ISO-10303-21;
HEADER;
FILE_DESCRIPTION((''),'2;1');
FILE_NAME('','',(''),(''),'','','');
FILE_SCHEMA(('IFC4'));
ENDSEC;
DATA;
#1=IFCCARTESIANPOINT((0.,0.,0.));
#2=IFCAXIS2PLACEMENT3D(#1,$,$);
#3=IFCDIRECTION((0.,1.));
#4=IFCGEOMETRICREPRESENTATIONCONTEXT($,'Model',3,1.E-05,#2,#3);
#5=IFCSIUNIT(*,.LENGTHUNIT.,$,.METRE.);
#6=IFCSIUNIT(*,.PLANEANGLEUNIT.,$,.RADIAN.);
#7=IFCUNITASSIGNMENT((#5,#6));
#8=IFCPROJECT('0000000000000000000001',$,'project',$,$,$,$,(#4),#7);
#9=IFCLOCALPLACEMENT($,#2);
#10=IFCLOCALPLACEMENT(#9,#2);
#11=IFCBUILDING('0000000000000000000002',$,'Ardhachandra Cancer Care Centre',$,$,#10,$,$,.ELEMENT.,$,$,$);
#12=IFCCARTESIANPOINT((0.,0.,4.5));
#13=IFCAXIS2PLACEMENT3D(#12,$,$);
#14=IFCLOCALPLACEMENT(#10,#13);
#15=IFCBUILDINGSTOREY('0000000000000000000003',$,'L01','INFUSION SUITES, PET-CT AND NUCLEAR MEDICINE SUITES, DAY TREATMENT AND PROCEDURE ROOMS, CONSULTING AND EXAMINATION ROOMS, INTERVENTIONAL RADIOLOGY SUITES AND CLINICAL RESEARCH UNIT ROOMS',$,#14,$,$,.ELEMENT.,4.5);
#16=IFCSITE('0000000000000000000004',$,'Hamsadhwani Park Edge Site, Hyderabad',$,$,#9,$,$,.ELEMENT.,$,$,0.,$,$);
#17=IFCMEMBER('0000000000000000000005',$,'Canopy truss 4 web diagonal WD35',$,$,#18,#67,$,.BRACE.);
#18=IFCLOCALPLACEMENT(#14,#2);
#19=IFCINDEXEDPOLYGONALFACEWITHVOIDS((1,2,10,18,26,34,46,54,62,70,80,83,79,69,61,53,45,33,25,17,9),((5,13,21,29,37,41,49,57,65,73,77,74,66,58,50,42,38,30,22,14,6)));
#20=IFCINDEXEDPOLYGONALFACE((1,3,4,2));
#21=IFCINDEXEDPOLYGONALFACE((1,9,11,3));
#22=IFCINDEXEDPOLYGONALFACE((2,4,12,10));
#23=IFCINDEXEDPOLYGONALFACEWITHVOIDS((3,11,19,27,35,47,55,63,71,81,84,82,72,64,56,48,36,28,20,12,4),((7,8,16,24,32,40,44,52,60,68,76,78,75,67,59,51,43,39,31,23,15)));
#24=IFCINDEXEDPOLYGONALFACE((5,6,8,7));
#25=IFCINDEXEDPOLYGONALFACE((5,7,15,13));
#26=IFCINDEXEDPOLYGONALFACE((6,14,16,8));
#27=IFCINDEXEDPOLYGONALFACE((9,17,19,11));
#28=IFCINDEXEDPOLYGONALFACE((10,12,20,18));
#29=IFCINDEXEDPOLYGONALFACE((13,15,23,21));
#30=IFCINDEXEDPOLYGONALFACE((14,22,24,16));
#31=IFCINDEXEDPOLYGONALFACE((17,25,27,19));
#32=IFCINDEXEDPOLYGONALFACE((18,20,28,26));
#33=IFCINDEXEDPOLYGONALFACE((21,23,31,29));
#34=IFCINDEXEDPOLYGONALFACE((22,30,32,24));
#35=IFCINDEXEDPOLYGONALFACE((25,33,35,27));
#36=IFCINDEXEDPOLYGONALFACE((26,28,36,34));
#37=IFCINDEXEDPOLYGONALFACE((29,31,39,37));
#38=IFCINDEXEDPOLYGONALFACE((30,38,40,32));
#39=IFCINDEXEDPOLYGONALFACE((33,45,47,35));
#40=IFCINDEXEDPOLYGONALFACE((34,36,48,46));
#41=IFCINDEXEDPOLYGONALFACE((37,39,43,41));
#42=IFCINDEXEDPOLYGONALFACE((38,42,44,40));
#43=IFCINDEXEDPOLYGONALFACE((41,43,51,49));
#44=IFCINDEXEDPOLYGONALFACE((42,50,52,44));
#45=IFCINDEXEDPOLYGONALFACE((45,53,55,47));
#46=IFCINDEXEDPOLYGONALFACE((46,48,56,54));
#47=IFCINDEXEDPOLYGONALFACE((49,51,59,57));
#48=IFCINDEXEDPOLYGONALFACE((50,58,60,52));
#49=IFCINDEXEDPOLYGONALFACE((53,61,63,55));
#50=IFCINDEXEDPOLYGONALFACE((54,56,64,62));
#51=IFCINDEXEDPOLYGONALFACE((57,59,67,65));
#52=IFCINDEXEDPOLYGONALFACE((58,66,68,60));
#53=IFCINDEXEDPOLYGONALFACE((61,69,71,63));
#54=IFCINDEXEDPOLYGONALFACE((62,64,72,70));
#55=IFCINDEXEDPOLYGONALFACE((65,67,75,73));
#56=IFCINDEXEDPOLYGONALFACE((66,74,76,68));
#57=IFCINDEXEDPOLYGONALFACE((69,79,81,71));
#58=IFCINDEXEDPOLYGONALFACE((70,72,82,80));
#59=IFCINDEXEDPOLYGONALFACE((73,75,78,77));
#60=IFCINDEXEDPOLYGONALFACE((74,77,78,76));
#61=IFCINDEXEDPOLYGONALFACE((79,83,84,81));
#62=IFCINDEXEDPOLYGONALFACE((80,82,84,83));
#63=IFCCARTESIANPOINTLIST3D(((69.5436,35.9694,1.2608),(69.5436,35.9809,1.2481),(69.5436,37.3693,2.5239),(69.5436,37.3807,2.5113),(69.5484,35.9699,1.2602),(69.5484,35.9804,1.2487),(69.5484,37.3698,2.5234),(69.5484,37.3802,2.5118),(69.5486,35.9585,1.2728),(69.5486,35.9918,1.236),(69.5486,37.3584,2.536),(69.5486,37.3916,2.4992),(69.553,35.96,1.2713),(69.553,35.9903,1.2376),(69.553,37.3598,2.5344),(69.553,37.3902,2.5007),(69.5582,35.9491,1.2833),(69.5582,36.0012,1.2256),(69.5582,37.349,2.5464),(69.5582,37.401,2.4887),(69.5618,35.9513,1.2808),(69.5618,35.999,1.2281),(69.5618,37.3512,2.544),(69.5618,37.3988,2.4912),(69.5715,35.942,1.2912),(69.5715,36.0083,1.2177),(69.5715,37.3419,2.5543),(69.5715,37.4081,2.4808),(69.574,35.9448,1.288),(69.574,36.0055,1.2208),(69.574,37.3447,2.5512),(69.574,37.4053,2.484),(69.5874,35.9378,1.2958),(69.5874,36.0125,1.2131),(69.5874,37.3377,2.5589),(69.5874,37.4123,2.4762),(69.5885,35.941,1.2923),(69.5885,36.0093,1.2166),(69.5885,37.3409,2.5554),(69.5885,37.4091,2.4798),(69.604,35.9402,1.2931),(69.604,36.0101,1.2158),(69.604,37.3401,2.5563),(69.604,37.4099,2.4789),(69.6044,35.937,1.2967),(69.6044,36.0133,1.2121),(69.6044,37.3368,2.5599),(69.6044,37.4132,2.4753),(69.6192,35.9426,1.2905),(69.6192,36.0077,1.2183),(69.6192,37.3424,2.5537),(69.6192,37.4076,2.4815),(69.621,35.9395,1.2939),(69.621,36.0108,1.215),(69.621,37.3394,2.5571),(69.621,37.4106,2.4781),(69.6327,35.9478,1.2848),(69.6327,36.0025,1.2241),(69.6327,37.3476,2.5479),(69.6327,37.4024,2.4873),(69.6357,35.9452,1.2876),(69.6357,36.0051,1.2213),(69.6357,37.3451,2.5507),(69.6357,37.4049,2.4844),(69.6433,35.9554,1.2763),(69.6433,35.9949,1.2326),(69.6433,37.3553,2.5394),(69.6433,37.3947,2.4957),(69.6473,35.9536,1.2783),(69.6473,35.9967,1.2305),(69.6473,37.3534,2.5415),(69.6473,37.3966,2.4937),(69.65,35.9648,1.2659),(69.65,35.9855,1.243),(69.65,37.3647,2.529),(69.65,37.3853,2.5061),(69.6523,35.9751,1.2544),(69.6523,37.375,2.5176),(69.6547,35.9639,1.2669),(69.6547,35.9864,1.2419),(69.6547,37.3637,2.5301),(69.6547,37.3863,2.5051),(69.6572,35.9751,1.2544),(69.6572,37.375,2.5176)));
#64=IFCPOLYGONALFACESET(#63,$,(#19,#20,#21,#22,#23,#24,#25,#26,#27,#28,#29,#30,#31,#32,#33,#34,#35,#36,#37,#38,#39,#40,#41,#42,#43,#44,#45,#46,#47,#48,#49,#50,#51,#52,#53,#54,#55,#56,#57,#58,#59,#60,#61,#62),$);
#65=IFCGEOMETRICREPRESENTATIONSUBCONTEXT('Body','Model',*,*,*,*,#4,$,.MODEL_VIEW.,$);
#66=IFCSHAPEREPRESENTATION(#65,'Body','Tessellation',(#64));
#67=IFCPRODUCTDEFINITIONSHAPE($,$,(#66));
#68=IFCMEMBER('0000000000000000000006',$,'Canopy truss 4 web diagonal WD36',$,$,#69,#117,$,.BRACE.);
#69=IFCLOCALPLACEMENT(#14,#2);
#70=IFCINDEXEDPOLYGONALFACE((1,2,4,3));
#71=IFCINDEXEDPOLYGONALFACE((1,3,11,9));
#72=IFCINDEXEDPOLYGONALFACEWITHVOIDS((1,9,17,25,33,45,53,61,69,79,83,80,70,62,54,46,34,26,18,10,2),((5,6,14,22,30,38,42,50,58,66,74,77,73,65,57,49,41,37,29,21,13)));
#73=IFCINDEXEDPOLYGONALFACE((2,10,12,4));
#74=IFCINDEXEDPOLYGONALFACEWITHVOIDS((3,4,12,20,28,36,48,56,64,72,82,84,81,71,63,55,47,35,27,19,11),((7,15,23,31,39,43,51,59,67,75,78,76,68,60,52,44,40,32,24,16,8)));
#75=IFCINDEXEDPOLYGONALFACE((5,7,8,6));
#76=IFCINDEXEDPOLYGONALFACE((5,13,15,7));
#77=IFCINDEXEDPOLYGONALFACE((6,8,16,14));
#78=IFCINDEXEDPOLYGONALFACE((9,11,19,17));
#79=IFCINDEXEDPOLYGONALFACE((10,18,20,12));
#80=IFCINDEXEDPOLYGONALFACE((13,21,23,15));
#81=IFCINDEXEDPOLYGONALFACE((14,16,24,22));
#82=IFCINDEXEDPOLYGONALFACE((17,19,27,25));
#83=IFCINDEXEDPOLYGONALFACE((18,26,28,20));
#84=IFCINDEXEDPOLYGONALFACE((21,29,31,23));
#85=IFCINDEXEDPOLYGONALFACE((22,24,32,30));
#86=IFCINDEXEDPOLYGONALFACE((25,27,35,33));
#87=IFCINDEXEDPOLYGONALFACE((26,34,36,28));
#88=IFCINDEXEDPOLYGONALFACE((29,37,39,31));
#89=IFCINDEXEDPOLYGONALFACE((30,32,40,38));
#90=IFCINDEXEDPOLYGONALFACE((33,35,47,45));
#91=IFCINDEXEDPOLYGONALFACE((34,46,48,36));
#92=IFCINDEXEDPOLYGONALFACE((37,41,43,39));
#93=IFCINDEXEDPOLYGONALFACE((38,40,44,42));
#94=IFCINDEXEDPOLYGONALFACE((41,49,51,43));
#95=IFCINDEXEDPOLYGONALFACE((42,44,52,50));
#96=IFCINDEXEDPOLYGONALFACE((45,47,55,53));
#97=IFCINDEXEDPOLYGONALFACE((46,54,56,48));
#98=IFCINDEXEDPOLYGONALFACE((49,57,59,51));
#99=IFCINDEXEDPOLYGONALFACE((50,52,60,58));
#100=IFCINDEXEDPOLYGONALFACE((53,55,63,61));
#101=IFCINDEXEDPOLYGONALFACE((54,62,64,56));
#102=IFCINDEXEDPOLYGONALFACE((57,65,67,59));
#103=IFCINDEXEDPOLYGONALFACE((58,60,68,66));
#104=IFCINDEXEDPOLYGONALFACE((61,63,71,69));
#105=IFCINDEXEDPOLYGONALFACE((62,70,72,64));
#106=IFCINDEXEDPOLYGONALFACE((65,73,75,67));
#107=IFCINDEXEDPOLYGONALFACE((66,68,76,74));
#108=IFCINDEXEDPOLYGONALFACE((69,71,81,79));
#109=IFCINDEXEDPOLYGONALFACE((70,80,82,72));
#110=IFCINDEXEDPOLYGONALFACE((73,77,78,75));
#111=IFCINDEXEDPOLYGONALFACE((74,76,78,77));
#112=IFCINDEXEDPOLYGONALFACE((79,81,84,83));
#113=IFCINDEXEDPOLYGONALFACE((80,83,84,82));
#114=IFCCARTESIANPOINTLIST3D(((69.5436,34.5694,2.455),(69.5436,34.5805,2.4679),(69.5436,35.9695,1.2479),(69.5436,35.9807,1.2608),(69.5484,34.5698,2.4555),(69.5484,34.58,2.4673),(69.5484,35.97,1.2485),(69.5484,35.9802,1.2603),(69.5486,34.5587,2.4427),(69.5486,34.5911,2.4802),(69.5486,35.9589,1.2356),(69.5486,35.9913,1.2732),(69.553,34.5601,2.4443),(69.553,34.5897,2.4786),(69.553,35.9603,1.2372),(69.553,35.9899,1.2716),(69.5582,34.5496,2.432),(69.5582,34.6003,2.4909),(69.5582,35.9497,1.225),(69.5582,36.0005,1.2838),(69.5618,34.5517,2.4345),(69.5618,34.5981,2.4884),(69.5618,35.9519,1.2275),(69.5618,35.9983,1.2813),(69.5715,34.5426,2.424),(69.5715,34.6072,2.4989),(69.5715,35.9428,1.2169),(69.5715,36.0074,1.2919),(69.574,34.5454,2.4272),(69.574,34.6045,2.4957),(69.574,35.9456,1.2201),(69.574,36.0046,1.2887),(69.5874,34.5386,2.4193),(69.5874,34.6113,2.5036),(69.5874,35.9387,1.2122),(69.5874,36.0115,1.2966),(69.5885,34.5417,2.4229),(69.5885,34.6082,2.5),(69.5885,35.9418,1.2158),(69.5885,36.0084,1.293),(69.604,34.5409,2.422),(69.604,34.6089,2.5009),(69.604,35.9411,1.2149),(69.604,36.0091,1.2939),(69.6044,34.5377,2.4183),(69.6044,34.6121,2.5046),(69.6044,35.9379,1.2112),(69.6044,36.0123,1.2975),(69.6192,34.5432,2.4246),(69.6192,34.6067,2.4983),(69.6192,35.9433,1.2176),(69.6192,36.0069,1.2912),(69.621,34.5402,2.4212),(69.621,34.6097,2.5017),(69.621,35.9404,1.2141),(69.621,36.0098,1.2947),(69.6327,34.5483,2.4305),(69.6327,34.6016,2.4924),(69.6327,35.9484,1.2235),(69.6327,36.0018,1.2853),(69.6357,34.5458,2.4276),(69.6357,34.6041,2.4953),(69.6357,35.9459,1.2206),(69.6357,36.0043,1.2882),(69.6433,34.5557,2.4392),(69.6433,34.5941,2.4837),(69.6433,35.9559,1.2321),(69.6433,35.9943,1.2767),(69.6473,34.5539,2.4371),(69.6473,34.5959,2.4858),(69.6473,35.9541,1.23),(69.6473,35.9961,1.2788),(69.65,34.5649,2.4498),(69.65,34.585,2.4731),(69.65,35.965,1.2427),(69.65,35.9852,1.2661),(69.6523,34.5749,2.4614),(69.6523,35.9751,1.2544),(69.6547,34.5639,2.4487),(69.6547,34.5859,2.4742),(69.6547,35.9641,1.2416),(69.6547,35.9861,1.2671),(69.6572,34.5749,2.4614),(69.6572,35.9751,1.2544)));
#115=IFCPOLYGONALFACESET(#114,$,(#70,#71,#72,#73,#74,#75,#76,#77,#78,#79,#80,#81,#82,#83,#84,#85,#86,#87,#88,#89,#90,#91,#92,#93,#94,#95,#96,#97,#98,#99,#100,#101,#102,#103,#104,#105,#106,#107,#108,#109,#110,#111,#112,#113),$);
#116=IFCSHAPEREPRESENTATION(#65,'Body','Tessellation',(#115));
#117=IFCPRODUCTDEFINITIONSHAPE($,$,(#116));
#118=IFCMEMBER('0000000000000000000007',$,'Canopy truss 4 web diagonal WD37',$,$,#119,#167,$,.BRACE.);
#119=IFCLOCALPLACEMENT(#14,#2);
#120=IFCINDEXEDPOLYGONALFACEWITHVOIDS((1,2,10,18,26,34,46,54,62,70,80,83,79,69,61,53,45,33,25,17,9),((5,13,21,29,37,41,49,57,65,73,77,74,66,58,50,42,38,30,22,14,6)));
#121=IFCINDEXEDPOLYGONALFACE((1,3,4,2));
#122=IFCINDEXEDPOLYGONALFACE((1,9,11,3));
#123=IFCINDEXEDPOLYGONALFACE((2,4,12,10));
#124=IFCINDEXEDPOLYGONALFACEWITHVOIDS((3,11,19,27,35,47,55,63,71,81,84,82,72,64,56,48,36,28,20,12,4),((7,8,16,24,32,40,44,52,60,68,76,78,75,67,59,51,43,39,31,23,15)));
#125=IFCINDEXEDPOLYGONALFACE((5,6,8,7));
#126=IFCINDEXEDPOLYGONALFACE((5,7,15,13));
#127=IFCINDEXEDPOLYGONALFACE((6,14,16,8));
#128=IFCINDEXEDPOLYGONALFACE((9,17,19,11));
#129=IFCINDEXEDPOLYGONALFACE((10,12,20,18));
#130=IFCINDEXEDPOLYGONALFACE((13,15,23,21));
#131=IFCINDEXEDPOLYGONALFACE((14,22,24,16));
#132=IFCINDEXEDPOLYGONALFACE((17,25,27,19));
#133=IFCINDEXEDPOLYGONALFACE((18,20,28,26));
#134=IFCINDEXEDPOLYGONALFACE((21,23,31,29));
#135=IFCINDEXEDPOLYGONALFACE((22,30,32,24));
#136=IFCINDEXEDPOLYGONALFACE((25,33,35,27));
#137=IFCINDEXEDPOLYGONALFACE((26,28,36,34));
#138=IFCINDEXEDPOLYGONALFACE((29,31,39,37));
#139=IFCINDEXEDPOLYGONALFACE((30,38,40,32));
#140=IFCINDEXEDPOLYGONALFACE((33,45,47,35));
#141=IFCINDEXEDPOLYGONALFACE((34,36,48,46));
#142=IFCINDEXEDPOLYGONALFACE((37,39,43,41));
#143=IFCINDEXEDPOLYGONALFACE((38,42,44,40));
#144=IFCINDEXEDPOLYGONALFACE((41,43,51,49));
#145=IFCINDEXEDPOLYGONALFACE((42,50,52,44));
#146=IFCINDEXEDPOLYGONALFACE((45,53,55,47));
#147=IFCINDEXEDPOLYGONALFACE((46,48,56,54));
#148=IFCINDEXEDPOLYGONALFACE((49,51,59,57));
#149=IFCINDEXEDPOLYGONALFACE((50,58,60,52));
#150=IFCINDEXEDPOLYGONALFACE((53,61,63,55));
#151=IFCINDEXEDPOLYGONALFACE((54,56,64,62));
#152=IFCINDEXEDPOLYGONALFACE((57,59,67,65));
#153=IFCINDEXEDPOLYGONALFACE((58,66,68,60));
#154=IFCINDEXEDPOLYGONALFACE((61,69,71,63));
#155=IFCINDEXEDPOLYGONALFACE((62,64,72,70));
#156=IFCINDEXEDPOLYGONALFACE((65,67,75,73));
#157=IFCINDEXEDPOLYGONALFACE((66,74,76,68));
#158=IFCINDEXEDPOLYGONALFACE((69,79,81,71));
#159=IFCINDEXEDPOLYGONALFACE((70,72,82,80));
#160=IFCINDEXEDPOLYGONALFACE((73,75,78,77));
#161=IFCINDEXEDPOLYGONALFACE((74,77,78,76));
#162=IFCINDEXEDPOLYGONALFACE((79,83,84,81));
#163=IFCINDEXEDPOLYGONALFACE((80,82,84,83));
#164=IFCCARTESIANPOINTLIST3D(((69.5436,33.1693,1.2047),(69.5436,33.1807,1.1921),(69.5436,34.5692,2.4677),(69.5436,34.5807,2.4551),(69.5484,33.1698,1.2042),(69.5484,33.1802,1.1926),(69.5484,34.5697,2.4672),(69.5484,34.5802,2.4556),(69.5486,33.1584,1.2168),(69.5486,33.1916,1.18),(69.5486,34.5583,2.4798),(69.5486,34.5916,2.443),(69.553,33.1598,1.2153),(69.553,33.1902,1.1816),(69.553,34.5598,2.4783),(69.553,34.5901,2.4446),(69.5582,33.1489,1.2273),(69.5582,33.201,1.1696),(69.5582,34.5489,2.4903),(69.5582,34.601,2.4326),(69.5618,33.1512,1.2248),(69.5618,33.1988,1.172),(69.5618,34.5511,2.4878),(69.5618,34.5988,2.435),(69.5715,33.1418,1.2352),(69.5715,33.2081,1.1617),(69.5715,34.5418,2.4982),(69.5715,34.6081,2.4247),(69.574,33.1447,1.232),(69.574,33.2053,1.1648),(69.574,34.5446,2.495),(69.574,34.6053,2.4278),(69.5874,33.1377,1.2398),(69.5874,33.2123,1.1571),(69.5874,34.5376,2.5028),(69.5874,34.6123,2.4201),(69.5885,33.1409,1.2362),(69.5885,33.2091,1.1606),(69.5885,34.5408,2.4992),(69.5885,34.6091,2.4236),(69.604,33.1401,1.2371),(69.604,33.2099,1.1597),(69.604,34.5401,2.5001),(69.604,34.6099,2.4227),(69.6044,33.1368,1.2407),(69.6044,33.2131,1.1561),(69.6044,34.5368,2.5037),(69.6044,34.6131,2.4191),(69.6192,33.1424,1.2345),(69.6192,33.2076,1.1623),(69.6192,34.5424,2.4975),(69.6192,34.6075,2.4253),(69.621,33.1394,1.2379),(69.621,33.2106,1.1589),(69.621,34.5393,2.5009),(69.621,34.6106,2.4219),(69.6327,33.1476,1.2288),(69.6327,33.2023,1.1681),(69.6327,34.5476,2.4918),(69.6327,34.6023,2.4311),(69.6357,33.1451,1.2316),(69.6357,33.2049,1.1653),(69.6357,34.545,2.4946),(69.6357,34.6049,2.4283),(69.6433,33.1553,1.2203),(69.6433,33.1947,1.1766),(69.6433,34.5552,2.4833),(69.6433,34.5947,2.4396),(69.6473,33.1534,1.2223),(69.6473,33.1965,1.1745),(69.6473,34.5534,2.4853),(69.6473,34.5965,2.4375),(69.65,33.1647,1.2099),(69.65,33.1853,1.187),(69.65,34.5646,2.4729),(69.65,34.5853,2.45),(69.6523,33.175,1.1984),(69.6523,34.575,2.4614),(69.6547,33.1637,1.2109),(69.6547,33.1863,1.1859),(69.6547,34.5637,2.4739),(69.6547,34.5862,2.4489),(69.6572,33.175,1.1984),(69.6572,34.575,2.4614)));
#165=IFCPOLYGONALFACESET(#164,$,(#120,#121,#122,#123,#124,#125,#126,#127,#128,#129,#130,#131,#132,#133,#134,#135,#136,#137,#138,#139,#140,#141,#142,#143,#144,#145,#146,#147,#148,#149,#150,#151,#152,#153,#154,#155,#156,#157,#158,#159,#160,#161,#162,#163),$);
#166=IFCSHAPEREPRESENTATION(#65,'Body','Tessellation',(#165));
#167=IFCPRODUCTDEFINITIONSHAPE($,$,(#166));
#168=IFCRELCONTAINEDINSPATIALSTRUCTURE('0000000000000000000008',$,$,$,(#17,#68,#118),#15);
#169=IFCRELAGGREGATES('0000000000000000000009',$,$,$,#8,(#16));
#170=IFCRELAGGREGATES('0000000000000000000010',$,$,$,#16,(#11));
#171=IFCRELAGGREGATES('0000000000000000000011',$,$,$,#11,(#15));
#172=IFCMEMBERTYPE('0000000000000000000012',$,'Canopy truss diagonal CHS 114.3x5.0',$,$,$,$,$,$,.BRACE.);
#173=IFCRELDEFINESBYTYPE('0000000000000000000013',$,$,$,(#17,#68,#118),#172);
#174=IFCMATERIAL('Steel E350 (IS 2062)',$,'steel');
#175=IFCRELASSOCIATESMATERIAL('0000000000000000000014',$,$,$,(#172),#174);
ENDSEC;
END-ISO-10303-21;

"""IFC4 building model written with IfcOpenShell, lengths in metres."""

from ifc_helpers import new_model, si_unit, direction, frame, origin, origin_2d, place, context, subcontext, project, spatial, hollow_circle, extrude, material, material_profile, profile_set, type_object, element, save


model = new_model("IFC4")

# Units and contexts
model_context = context("Model", 3, precision=1e-05, world=origin(), true_north=direction((0.0, 1.0)))
body_context = subcontext(model_context, "Body", "Model", "MODEL_VIEW")
ifc_project = project(units=[si_unit("LENGTHUNIT", "METRE"), si_unit("PLANEANGLEUNIT", "RADIAN")], contexts=[model_context])

# Site, building, storey
site_placement = place(None, origin())
site = spatial("IfcSite", under=ifc_project, at=site_placement, Name="Hamsadhwani Park Edge Site, Hyderabad", CompositionType="ELEMENT", RefElevation=0.0)
building_placement = place(site_placement, origin())
building = spatial("IfcBuilding", under=site, at=building_placement, Name="Ardhachandra Cancer Care Centre", CompositionType="ELEMENT")
storey_placement = place(building_placement, frame((0.0, 0.0, 4.5)))
storey = spatial("IfcBuildingStorey", under=building, at=storey_placement, Name="L01", Description="INFUSION SUITES, PET-CT AND NUCLEAR MEDICINE SUITES, DAY TREATMENT AND PROCEDURE ROOMS, CONSULTING AND EXAMINATION ROOMS, INTERVENTIONAL RADIOLOGY SUITES AND CLINICAL RESEARCH UNIT ROOMS", CompositionType="ELEMENT", Elevation=4.5)

# Members
ifc_material_1 = material(Name="Steel E350 (IS 2062)", Category="steel")
ifc_material_profile_1 = material_profile(ifc_material_1, hollow_circle(Radius=0.0571, WallThickness=0.0049, at=origin_2d()), Name="CHS 114.3x5.0")
ifc_profile_set_1 = profile_set([ifc_material_profile_1], Name="Steel E350 (IS 2062)")
member_type_1 = type_object("IfcMemberType", Name="Canopy truss diagonal CHS 114.3x5.0", PredefinedType="BRACE", material=ifc_profile_set_1)
member_1_placement = place(storey_placement, frame((69.6001, 37.375, 2.5176), z_axis=(0.0, -0.742431, -0.669923), x_axis=(1.0, 0.0, 0.0)))
element("IfcMember", 1, at=member_1_placement, inside=storey, type_object=member_type_1, Name="Canopy truss 4 web diagonal WD35", PredefinedType="BRACE", context=body_context, shape_type="SweptSolid", body=[
    extrude(hollow_circle(Radius=0.0571, WallThickness=0.0049, at=origin_2d()), origin(), (0.0, 0.0, 1.0), 1.8855),
])
member_2_placement = place(storey_placement, frame((69.6001, 35.9751, 1.2544), z_axis=(0.0, -0.757408, 0.652942), x_axis=(1.0, 0.0, 0.0)))
element("IfcMember", 2, at=member_2_placement, inside=storey, type_object=member_type_1, Name="Canopy truss 4 web diagonal WD36", PredefinedType="BRACE", context=body_context, shape_type="SweptSolid", body=[
    extrude(hollow_circle(Radius=0.0571, WallThickness=0.0049, at=origin_2d()), origin(), (0.0, 0.0, 1.0), 1.8486),
])
member_3_placement = place(storey_placement, frame((69.6001, 34.575, 2.4614), z_axis=(0.0, -0.742495, -0.669851), x_axis=(1.0, 0.0, 0.0)))
element("IfcMember", 3, at=member_3_placement, inside=storey, type_object=member_type_1, Name="Canopy truss 4 web diagonal WD37", PredefinedType="BRACE", context=body_context, shape_type="SweptSolid", body=[
    extrude(hollow_circle(Radius=0.0571, WallThickness=0.0049, at=origin_2d()), origin(), (0.0, 0.0, 1.0), 1.8855),
])

save(model, "model.ifc")
